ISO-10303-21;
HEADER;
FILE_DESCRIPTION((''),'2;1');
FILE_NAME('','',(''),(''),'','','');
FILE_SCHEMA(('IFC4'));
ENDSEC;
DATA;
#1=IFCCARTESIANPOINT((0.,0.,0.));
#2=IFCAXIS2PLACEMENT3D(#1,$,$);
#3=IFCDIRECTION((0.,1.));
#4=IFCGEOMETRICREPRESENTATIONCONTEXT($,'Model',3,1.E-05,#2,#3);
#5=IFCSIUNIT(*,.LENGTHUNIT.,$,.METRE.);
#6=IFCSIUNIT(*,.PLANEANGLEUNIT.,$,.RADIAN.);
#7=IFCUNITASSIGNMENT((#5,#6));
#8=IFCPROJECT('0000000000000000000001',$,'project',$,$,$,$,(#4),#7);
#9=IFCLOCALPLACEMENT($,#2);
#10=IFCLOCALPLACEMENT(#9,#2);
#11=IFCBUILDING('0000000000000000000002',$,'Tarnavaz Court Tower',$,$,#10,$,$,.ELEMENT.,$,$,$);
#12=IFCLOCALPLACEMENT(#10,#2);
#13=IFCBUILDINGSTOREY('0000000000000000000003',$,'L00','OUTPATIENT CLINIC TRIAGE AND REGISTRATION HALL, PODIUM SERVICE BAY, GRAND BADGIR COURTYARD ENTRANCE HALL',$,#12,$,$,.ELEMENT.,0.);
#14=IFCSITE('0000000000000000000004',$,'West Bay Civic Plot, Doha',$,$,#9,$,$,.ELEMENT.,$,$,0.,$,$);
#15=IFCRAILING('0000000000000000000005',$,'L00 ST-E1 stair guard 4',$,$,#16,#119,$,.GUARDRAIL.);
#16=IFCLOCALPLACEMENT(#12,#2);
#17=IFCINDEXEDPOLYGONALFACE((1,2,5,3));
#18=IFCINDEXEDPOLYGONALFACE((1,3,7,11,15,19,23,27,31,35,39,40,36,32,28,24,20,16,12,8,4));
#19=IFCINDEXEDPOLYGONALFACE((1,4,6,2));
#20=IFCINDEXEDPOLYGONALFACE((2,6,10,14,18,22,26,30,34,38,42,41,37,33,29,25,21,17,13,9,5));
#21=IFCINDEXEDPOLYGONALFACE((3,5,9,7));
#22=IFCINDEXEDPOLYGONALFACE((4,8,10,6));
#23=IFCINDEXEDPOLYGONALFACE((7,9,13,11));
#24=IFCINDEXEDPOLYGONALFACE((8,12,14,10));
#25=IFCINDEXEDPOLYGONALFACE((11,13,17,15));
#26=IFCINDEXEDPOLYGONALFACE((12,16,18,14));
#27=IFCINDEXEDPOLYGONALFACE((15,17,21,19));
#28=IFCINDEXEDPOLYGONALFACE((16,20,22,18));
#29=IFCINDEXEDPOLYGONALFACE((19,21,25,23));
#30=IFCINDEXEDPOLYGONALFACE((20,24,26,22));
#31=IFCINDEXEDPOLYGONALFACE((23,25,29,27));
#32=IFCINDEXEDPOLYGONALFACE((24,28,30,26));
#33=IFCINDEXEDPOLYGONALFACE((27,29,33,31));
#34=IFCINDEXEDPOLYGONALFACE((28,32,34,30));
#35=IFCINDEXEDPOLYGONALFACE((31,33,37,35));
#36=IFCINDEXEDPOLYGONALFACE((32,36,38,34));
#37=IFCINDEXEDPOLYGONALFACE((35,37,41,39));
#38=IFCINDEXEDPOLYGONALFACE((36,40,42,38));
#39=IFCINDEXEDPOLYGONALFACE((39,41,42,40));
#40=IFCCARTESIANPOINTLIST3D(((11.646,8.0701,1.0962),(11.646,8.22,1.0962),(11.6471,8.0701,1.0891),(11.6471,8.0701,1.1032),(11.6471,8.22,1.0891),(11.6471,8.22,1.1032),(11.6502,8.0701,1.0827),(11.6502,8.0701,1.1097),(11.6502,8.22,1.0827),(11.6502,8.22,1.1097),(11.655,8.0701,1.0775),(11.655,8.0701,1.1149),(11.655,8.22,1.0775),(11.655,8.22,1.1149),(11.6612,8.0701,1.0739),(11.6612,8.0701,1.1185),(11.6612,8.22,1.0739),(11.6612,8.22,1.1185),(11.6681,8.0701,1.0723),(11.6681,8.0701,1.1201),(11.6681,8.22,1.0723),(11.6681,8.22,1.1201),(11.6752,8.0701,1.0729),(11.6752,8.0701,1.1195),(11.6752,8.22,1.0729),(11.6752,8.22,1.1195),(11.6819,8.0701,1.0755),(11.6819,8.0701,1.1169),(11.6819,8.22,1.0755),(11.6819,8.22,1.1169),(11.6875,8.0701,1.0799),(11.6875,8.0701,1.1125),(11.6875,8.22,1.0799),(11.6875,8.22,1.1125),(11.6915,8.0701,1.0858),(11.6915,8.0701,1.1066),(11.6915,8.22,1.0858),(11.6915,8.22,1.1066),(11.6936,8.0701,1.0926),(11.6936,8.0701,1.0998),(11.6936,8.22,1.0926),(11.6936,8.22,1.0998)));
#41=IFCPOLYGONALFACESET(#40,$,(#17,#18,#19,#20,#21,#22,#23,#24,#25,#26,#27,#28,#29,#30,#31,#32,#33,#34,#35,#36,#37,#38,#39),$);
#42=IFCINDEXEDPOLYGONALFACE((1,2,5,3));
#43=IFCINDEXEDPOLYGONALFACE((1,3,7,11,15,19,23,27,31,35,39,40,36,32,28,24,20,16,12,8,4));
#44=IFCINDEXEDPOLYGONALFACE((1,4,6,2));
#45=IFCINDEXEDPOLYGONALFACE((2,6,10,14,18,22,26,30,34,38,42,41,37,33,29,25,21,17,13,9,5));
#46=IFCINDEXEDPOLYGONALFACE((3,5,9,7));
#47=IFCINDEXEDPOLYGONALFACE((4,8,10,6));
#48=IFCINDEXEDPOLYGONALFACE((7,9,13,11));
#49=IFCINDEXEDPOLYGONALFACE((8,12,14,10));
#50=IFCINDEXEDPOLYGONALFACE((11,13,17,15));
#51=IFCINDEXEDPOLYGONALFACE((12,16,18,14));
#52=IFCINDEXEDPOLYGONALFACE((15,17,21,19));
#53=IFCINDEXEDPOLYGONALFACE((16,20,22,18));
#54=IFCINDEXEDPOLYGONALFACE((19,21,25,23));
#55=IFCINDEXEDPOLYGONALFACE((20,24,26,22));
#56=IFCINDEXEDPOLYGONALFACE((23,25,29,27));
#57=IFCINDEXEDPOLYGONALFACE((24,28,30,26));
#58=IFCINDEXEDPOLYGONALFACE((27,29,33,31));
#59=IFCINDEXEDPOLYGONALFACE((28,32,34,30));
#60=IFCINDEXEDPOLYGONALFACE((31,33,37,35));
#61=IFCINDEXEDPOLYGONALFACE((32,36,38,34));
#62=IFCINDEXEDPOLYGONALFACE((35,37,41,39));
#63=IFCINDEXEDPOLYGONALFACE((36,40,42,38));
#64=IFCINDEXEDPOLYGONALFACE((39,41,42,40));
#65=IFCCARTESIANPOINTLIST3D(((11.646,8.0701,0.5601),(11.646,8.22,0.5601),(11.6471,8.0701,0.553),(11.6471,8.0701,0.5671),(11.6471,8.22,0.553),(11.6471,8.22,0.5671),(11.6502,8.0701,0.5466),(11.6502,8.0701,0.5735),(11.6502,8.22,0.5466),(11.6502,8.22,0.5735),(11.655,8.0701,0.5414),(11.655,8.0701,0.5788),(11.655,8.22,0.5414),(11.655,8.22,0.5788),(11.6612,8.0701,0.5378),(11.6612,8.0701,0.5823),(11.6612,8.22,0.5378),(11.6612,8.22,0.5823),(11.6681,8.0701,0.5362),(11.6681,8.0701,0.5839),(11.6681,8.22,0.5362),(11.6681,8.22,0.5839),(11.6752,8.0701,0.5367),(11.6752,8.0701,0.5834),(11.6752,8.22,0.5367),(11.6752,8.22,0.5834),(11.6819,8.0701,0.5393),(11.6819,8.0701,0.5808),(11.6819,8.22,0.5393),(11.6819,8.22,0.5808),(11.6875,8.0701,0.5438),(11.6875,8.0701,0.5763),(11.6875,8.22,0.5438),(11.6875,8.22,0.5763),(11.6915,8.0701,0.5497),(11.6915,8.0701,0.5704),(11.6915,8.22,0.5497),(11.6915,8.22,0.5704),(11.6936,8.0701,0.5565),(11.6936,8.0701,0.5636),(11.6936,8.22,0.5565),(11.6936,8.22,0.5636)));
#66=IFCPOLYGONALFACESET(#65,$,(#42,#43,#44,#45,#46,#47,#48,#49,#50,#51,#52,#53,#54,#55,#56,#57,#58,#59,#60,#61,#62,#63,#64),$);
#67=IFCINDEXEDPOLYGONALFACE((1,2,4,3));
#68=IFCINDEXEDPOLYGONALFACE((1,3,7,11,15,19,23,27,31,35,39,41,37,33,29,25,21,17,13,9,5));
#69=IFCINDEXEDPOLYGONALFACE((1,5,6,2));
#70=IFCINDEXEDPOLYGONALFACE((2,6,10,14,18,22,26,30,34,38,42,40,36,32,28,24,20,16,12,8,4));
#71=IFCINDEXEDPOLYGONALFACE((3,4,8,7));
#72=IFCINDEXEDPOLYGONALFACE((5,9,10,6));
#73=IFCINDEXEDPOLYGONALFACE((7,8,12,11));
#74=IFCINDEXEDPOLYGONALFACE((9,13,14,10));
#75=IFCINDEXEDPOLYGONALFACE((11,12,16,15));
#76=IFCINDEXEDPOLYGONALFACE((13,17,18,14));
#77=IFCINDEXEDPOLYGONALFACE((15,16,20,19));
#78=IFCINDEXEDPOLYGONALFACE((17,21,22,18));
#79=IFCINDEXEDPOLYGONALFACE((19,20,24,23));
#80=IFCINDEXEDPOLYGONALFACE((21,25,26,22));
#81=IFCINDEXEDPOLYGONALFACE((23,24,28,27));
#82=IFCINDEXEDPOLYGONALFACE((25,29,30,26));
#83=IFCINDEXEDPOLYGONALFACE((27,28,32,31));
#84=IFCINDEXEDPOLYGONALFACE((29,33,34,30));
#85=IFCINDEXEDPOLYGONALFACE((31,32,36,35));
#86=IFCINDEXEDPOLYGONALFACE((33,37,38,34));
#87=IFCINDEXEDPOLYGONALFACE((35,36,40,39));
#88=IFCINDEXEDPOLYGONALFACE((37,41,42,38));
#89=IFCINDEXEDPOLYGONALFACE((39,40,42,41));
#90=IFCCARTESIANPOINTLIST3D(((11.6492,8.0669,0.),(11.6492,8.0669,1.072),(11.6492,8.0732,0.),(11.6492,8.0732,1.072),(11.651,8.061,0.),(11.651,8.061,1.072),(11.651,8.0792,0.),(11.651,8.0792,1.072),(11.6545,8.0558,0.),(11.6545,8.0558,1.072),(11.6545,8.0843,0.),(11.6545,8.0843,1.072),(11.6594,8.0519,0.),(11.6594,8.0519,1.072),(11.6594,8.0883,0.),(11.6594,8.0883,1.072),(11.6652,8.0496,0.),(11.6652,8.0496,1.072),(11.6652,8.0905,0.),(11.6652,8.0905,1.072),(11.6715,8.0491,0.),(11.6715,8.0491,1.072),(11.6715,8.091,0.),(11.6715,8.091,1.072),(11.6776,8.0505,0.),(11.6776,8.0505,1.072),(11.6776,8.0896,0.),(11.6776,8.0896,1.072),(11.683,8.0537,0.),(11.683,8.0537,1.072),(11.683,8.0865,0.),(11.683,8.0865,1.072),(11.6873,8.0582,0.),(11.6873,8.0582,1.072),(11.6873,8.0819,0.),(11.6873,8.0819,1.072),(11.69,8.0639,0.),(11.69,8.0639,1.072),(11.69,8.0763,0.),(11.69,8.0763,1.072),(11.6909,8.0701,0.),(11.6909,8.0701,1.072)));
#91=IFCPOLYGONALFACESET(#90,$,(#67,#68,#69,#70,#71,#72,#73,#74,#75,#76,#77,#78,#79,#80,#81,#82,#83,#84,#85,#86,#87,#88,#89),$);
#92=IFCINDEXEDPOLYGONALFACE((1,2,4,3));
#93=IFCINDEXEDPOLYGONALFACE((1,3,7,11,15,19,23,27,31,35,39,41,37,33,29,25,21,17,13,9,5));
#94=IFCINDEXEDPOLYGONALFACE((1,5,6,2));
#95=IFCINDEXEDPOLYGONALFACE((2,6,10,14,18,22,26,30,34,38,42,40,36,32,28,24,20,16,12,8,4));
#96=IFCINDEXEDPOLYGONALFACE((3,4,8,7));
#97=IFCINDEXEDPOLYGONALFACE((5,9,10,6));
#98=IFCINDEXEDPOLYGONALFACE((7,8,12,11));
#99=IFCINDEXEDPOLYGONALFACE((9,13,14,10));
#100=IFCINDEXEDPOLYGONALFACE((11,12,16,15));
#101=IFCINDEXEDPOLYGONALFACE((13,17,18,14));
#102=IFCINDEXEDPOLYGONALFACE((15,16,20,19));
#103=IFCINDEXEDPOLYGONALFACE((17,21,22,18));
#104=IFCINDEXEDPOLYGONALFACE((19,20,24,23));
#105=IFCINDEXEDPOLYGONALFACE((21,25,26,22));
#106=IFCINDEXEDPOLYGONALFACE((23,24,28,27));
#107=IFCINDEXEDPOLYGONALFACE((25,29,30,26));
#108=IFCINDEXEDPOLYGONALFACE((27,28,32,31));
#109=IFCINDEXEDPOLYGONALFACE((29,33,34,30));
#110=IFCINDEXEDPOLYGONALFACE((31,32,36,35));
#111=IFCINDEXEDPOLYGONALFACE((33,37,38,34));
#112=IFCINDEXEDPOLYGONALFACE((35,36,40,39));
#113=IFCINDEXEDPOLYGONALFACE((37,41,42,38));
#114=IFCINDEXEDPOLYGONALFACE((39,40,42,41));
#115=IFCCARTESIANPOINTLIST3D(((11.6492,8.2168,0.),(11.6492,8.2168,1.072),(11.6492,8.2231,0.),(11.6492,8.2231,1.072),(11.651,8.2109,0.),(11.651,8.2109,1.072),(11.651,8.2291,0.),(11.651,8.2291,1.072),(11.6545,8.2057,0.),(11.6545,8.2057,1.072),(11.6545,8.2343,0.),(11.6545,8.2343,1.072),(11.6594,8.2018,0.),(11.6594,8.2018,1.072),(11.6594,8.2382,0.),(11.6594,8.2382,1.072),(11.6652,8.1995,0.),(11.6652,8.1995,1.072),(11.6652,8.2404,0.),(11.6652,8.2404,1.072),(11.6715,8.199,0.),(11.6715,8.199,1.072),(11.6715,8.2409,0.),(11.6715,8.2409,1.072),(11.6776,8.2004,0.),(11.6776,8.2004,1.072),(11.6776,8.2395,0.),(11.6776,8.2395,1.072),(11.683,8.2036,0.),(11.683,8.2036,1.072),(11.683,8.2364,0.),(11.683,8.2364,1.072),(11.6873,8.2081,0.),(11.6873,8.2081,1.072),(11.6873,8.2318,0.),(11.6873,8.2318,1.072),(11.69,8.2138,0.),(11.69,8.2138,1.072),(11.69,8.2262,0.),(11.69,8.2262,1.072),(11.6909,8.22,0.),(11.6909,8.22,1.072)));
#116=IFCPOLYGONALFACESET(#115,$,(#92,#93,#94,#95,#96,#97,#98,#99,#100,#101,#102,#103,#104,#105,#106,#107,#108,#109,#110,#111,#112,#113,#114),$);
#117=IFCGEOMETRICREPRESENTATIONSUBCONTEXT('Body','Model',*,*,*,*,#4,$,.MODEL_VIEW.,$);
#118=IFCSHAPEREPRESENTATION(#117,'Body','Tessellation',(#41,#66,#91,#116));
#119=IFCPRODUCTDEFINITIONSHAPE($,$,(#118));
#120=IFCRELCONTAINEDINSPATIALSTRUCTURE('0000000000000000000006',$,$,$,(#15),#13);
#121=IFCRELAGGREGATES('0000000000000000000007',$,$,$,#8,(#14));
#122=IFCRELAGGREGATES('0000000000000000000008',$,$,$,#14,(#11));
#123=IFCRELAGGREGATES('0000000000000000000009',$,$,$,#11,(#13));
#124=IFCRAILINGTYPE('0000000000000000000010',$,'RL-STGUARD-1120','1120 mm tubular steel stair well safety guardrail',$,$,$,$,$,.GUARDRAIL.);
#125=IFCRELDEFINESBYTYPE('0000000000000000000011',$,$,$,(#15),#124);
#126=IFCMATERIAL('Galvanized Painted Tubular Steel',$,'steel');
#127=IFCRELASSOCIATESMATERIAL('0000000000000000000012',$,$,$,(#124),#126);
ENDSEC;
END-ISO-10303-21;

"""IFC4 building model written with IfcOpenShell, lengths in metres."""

from ifc_helpers import new_model, si_unit, direction, frame, origin, origin_2d, place, context, subcontext, project, spatial, circle, extrude, material, type_object, element, save


model = new_model("IFC4")

# Units and contexts
model_context = context("Model", 3, precision=1e-05, world=origin(), true_north=direction((0.0, 1.0)))
body_context = subcontext(model_context, "Body", "Model", "MODEL_VIEW")
ifc_project = project(units=[si_unit("LENGTHUNIT", "METRE"), si_unit("PLANEANGLEUNIT", "RADIAN")], contexts=[model_context])

# Site, building, storey
site_placement = place(None, origin())
site = spatial("IfcSite", under=ifc_project, at=site_placement, Name="West Bay Civic Plot, Doha", CompositionType="ELEMENT", RefElevation=0.0)
building_placement = place(site_placement, origin())
building = spatial("IfcBuilding", under=site, at=building_placement, Name="Tarnavaz Court Tower", CompositionType="ELEMENT")
storey_placement = place(building_placement, origin())
storey = spatial("IfcBuildingStorey", under=building, at=storey_placement, Name="L00", Description="OUTPATIENT CLINIC TRIAGE AND REGISTRATION HALL, PODIUM SERVICE BAY, GRAND BADGIR COURTYARD ENTRANCE HALL", CompositionType="ELEMENT", Elevation=0.0)

# Railing
ifc_material_1 = material(Name="Galvanized Painted Tubular Steel", Category="steel")
railing_type_1 = type_object("IfcRailingType", Name="RL-STGUARD-1120", Description="1120 mm tubular steel stair well safety guardrail", PredefinedType="GUARDRAIL", material=ifc_material_1)
railing_1_placement = place(storey_placement, frame((11.6699, 8.0701, 0.0)))
element("IfcRailing", 1, at=railing_1_placement, inside=storey, type_object=railing_type_1, Name="L00 ST-E1 stair guard 4", PredefinedType="GUARDRAIL", context=body_context, shape_type="SweptSolid", body=[
    extrude(circle(Radius=0.0239, at=origin_2d()), frame((0.0, 0.0, 1.0962), z_axis=(0.0, 1.0, 0.0), x_axis=(-1.0, 0.0, 0.0)), (0.0, 0.0, 1.0), 0.1499),
    extrude(circle(Radius=0.0239, at=origin_2d()), frame((0.0, 0.0, 0.5601), z_axis=(0.0, 1.0, 0.0), x_axis=(-1.0, 0.0, 0.0)), (0.0, 0.0, 1.0), 0.1499),
    extrude(circle(Radius=0.021, at=origin_2d()), origin(), (0.0, 0.0, 1.0), 1.072),
    extrude(circle(Radius=0.021, at=origin_2d()), frame((0.0, 0.1499, 0.0)), (0.0, 0.0, 1.0), 1.072),
])

save(model, "model.ifc")
